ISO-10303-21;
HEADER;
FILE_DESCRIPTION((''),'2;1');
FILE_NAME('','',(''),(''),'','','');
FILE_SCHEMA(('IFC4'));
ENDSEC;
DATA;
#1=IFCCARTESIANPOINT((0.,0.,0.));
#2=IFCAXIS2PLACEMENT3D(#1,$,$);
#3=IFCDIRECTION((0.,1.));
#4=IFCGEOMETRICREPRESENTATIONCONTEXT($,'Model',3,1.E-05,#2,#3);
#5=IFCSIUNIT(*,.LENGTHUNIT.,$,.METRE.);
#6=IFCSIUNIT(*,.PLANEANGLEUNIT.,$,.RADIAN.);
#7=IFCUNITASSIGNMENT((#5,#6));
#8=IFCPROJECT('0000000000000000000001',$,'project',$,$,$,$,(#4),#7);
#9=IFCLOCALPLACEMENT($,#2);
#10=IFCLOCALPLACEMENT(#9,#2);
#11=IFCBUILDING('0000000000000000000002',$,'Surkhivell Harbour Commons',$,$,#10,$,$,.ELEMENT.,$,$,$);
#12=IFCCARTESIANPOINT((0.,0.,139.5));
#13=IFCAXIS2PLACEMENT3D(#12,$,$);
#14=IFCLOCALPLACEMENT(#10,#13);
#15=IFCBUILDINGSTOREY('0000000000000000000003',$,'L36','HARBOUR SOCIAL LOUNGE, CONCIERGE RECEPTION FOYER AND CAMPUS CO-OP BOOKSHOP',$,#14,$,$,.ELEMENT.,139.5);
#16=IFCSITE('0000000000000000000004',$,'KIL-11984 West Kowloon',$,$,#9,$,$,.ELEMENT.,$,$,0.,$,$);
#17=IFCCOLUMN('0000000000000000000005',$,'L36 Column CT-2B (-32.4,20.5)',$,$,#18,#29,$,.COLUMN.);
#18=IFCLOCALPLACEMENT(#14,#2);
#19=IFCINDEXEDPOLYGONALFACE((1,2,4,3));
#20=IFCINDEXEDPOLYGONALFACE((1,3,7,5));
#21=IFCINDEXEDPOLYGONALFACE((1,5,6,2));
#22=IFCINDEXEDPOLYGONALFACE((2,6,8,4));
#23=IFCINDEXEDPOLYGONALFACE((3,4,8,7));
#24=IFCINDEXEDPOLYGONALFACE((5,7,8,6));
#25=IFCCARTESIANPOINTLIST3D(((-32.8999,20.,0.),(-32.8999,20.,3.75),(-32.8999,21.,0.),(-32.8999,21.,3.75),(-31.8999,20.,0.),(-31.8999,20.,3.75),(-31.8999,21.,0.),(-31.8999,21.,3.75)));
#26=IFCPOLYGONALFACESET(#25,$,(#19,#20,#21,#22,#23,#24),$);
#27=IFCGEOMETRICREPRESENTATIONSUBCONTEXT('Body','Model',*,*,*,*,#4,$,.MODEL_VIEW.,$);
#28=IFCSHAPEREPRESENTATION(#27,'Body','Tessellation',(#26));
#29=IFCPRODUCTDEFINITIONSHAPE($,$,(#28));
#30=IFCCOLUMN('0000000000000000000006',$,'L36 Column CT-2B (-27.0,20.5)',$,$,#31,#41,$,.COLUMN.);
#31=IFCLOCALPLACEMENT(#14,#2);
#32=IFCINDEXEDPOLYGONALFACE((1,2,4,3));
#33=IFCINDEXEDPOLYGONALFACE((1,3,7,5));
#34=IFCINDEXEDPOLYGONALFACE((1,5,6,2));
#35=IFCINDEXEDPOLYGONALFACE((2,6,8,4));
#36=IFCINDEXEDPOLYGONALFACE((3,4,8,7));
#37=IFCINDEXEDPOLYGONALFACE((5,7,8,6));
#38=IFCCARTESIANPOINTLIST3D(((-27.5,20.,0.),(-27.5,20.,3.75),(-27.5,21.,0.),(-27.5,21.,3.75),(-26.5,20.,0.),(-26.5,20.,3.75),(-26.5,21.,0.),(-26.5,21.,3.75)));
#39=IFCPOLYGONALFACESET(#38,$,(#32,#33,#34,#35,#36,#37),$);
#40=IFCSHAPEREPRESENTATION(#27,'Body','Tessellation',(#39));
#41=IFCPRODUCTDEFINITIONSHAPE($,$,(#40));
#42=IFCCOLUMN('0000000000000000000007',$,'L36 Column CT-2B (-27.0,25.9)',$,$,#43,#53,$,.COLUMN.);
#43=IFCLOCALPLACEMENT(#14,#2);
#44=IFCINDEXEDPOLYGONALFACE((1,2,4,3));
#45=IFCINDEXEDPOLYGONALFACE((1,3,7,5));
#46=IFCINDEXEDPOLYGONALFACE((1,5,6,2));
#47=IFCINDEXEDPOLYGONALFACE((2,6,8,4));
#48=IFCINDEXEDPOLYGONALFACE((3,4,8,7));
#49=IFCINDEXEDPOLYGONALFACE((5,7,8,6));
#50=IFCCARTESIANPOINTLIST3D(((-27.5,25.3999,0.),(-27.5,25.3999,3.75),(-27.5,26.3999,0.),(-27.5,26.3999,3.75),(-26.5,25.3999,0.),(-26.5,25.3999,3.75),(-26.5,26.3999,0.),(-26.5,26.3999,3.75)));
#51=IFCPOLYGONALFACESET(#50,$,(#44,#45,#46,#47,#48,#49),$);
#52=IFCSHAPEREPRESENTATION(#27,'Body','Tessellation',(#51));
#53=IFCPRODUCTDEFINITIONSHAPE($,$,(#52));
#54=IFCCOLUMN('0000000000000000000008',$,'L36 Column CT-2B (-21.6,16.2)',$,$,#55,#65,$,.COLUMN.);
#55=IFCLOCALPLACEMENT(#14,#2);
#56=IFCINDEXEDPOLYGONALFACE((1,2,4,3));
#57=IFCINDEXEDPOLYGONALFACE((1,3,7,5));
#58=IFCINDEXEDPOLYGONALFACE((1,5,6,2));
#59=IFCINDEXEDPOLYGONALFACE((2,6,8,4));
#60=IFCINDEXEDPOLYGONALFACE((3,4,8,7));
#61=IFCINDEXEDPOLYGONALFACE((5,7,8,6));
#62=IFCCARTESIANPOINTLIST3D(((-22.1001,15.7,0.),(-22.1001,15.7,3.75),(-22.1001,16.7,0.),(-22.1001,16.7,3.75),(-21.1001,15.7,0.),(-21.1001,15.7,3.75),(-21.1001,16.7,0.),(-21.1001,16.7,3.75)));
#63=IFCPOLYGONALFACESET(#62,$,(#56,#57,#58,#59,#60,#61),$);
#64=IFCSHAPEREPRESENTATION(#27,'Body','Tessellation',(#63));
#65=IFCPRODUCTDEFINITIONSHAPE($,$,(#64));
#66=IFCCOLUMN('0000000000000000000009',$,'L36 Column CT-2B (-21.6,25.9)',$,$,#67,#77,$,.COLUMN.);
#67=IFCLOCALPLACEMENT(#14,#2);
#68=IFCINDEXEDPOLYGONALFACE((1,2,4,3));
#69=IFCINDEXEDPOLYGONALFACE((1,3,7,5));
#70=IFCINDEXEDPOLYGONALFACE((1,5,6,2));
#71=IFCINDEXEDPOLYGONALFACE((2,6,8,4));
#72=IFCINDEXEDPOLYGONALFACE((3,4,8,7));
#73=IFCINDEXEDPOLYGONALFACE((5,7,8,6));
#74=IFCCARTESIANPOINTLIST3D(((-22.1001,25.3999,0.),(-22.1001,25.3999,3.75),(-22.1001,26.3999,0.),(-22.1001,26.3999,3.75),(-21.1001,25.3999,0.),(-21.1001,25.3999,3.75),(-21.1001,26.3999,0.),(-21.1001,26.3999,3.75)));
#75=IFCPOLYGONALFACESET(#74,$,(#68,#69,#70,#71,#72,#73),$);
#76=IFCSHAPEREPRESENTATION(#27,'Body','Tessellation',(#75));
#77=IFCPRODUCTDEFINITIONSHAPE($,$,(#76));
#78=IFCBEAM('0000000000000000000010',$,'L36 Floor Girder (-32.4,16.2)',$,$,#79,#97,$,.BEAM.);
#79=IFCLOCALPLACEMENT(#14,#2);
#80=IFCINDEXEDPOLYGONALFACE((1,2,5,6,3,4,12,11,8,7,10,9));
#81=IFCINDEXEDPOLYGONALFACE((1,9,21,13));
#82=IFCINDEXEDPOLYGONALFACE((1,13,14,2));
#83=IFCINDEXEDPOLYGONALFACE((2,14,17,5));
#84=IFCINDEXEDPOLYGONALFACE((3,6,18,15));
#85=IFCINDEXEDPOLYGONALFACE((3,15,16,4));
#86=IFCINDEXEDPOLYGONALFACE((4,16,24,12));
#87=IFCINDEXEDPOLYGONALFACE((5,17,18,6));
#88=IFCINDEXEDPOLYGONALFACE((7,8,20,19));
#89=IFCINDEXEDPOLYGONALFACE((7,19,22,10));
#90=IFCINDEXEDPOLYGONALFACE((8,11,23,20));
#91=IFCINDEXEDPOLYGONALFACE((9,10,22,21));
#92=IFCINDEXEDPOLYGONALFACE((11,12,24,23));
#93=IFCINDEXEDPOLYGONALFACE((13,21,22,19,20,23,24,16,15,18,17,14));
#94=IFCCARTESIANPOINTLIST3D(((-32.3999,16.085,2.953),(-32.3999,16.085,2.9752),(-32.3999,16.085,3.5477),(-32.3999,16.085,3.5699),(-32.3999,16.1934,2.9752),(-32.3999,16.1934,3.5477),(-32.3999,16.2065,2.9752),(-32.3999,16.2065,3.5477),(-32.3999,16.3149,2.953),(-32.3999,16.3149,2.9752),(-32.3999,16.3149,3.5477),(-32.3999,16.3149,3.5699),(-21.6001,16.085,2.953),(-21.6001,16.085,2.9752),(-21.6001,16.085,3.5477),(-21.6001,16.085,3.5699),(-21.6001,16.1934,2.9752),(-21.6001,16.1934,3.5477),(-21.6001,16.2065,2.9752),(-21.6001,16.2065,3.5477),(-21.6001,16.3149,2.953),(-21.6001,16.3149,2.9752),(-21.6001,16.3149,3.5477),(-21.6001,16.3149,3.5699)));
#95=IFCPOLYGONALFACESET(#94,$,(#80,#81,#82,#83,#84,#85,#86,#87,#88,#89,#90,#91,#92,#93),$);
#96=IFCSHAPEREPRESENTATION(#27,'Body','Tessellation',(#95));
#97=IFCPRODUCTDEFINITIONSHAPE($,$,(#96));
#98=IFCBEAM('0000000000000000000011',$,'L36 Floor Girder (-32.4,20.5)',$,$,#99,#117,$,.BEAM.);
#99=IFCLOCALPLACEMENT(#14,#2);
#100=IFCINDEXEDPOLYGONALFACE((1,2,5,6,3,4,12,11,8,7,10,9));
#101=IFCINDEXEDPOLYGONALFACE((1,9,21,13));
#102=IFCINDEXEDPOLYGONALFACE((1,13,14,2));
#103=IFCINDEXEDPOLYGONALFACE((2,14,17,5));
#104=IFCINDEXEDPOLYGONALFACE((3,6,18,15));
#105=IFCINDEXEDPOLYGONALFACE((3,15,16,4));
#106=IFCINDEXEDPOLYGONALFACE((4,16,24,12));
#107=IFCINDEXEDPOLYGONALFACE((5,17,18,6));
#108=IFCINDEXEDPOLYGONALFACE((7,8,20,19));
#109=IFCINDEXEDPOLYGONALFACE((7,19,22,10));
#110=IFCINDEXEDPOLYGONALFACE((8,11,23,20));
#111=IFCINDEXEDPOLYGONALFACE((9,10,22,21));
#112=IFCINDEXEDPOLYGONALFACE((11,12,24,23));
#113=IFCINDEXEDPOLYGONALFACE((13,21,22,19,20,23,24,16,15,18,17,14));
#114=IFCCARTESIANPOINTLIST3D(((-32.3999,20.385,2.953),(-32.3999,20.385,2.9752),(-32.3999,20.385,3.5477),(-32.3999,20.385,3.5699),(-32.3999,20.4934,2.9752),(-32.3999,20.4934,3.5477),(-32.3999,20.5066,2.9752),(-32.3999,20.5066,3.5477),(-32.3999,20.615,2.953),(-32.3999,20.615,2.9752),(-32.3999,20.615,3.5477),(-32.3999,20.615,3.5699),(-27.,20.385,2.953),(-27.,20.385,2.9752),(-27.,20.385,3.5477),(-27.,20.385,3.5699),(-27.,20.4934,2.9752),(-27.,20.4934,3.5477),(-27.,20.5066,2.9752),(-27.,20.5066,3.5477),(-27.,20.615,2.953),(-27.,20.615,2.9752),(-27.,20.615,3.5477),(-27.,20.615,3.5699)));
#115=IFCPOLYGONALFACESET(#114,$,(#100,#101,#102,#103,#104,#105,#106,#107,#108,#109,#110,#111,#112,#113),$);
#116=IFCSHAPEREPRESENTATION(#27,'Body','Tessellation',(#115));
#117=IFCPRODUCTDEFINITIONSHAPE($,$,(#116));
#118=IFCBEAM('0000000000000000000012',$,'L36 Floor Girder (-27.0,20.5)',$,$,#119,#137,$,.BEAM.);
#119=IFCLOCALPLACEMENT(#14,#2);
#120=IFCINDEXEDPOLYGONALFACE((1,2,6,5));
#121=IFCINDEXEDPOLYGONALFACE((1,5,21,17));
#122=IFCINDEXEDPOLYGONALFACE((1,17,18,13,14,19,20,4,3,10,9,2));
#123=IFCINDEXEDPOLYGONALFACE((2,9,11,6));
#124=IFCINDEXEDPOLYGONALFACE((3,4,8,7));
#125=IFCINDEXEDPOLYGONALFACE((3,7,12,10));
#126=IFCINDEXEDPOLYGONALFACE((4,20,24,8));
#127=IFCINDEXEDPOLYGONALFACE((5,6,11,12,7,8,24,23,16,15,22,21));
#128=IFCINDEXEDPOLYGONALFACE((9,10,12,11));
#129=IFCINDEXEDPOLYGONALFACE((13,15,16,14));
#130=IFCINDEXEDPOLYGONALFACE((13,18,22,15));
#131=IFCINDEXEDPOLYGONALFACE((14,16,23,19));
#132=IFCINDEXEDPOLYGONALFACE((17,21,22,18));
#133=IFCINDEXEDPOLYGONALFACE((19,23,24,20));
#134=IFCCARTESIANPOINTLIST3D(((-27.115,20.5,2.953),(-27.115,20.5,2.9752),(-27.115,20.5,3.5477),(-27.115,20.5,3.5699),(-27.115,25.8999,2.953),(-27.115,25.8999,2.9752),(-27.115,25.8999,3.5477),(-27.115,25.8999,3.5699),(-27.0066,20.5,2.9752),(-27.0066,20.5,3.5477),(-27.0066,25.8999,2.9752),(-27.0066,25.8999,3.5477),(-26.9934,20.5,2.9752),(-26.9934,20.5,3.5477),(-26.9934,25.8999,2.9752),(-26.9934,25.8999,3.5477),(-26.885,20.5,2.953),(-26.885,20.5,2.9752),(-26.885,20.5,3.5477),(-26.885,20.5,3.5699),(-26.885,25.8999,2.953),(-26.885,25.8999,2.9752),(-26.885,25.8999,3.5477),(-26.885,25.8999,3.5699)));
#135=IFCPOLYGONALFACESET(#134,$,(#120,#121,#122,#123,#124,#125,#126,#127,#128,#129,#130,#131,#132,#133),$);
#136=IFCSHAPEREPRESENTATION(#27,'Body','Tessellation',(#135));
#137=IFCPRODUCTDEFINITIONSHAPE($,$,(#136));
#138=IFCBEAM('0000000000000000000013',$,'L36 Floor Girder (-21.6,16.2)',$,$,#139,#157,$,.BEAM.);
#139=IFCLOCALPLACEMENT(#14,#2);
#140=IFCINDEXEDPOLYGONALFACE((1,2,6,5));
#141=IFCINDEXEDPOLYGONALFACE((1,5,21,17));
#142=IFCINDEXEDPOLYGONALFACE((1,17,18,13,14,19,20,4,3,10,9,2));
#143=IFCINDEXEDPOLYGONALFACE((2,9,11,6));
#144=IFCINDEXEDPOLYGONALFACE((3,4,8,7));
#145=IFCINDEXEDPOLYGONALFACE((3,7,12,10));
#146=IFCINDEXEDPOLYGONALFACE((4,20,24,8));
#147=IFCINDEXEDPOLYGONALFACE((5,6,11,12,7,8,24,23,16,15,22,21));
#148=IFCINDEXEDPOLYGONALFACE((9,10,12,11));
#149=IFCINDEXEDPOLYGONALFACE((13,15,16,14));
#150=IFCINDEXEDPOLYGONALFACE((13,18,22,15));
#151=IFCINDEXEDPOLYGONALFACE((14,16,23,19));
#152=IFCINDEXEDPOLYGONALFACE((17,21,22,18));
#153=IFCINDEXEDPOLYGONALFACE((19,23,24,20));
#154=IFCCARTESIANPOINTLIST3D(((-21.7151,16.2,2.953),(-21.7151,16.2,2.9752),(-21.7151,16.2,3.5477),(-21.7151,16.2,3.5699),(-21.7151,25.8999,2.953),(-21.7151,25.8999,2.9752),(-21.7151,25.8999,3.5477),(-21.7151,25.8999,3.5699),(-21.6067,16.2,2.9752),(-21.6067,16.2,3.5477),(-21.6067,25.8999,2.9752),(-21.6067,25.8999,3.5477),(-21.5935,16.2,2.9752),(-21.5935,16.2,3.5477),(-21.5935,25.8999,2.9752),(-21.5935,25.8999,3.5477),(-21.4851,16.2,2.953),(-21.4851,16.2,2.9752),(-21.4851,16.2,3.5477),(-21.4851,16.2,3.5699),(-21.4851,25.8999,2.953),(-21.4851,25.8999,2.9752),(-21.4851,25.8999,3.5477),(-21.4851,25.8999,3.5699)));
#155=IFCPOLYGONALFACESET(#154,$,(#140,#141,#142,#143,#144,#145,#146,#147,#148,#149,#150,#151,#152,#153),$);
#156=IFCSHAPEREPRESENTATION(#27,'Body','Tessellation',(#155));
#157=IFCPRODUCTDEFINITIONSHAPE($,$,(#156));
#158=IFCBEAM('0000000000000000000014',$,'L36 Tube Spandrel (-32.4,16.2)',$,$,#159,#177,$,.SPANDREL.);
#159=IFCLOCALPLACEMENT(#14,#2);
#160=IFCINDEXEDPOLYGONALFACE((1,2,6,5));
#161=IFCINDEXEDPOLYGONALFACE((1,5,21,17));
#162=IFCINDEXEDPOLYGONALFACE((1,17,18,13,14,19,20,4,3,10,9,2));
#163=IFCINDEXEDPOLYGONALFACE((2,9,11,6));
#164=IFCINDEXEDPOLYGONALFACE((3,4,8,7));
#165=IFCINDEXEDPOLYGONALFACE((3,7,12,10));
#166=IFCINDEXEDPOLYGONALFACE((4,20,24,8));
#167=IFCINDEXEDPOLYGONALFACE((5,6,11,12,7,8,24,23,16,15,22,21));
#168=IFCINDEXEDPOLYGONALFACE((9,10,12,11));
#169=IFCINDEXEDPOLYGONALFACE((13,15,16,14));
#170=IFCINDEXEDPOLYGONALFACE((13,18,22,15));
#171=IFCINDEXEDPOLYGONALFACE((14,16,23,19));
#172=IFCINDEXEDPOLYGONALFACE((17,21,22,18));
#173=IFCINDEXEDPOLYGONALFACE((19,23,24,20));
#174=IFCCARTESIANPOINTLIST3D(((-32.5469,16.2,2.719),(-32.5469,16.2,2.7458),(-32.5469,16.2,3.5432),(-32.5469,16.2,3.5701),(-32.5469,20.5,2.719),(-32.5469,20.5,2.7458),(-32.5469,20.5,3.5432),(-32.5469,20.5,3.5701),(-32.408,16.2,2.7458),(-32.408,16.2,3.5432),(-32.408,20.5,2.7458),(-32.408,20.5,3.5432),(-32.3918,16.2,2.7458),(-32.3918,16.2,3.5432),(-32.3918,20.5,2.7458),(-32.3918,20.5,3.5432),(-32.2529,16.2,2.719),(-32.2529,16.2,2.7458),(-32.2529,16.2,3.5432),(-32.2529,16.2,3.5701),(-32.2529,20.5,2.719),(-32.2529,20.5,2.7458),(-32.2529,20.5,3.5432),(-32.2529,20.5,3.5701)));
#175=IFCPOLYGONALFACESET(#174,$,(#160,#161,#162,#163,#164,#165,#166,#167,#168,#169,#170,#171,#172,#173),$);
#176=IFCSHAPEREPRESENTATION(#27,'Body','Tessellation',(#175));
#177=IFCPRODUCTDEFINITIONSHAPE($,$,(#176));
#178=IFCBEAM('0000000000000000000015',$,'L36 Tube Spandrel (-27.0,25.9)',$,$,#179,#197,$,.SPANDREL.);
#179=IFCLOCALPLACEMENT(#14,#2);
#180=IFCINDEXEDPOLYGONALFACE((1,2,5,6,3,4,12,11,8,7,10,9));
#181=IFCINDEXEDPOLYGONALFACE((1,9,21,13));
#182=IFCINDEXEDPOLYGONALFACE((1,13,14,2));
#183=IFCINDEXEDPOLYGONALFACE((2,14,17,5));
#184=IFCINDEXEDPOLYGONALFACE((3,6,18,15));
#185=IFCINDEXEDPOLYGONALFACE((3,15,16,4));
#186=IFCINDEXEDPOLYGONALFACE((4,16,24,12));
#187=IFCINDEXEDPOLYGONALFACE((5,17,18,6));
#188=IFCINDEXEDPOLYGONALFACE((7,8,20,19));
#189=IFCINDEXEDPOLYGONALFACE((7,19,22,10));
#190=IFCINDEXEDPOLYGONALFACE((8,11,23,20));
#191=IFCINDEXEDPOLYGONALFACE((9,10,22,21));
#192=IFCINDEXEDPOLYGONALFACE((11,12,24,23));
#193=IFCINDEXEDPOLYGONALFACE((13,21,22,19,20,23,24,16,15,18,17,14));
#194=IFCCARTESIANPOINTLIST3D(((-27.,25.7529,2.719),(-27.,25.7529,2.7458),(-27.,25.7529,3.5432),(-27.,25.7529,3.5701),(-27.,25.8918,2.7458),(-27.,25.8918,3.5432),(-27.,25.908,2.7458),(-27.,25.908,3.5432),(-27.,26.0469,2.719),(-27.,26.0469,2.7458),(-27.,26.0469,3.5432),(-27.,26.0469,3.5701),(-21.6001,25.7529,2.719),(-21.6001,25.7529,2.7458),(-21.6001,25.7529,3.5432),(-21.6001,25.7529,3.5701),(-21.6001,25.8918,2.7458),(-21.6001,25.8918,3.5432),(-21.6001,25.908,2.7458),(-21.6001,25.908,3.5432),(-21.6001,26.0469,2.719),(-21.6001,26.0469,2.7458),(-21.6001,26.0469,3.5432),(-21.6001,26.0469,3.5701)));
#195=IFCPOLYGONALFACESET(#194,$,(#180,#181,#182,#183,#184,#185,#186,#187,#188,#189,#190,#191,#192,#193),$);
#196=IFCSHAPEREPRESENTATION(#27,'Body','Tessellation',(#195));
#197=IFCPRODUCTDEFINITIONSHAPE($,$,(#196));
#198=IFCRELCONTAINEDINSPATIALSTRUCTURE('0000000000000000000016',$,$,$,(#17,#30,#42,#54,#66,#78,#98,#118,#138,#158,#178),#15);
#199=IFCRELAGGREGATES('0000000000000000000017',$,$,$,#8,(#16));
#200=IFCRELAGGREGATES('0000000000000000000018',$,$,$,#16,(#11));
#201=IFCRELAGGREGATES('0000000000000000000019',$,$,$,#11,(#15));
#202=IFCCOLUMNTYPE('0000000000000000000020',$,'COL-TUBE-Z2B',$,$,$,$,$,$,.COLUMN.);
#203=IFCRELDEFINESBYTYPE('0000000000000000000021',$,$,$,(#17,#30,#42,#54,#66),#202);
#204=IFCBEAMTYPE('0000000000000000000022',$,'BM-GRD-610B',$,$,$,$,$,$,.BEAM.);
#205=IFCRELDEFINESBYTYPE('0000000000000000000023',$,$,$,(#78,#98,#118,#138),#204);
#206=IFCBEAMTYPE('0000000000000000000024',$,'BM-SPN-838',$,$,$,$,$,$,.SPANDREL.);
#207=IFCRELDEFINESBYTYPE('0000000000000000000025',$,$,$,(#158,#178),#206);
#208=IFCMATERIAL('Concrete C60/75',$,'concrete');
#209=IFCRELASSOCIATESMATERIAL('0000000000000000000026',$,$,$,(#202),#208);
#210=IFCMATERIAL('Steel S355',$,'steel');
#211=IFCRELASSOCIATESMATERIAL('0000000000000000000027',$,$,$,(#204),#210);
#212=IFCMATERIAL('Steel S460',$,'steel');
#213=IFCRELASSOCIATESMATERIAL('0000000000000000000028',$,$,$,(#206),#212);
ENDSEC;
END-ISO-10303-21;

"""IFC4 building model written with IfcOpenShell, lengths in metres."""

from ifc_helpers import new_model, si_unit, direction, frame, origin, origin_2d, place, context, subcontext, project, spatial, rectangle, i_section, extrude, material, material_profile, profile_set, type_object, element, save


model = new_model("IFC4")

# Units and contexts
model_context = context("Model", 3, precision=1e-05, world=origin(), true_north=direction((0.0, 1.0)))
body_context = subcontext(model_context, "Body", "Model", "MODEL_VIEW")
ifc_project = project(units=[si_unit("LENGTHUNIT", "METRE"), si_unit("PLANEANGLEUNIT", "RADIAN")], contexts=[model_context])

# Site, building, storey
site_placement = place(None, origin())
site = spatial("IfcSite", under=ifc_project, at=site_placement, Name="KIL-11984 West Kowloon", CompositionType="ELEMENT", RefElevation=0.0)
building_placement = place(site_placement, origin())
building = spatial("IfcBuilding", under=site, at=building_placement, Name="Surkhivell Harbour Commons", CompositionType="ELEMENT")
storey_placement = place(building_placement, frame((0.0, 0.0, 139.5)))
storey = spatial("IfcBuildingStorey", under=building, at=storey_placement, Name="L36", Description="HARBOUR SOCIAL LOUNGE, CONCIERGE RECEPTION FOYER AND CAMPUS CO-OP BOOKSHOP", CompositionType="ELEMENT", Elevation=139.5)

# Columns
ifc_material_1 = material(Name="Concrete C60/75", Category="concrete")
ifc_material_profile_1 = material_profile(ifc_material_1, rectangle(XDim=1.0, YDim=1.0, at=origin_2d()), Name="RC-COL-1000x1000")
ifc_profile_set_1 = profile_set([ifc_material_profile_1], Name="Concrete C60/75")
column_type = type_object("IfcColumnType", Name="COL-TUBE-Z2B", PredefinedType="COLUMN", material=ifc_profile_set_1)
for number, where, z_axis, x_axis, name in (
    (1, (-32.3999, 20.5, 0.0), (0.0, 0.0, 1.0), (1.0, 0.0, 0.0), "L36 Column CT-2B (-32.4,20.5)"),
    (2, (-27.0, 20.5, 0.0), (0.0, 0.0, 1.0), (1.0, 0.0, 0.0), "L36 Column CT-2B (-27.0,20.5)"),
    (3, (-27.0, 25.8999, 0.0), (0.0, 0.0, 1.0), (1.0, 0.0, 0.0), "L36 Column CT-2B (-27.0,25.9)"),
    (4, (-21.6001, 16.2, 0.0), (0.0, 0.0, 1.0), (1.0, 0.0, 0.0), "L36 Column CT-2B (-21.6,16.2)"),
    (5, (-21.6001, 25.8999, 0.0), (0.0, 0.0, 1.0), (1.0, 0.0, 0.0), "L36 Column CT-2B (-21.6,25.9)"),
):
    element("IfcColumn", number, at=place(storey_placement, frame(where, z_axis=z_axis, x_axis=x_axis)), inside=storey, type_object=column_type, Name=name, PredefinedType="COLUMN", context=body_context, shape_type="SweptSolid", body=[
        extrude(rectangle(XDim=1.0, YDim=1.0, at=origin_2d()), origin(), (0.0, 0.0, 1.0), 3.75),
    ])

# Beams
ifc_material_2 = material(Name="Steel S355", Category="steel")
ifc_material_profile_2 = material_profile(ifc_material_2, i_section(OverallWidth=0.23, OverallDepth=0.6169, WebThickness=0.0132, FlangeThickness=0.0222, at=origin_2d()), Name="UB610x229x140")
ifc_profile_set_2 = profile_set([ifc_material_profile_2], Name="Steel S355")
beam_type_1 = type_object("IfcBeamType", Name="BM-GRD-610B", PredefinedType="BEAM", material=ifc_profile_set_2)
beam_1_placement = place(storey_placement, frame((-32.3999, 16.2, 3.2615), z_axis=(1.0, 0.0, 0.0), x_axis=(0.0, 1.0, 0.0)))
element("IfcBeam", 6, at=beam_1_placement, inside=storey, type_object=beam_type_1, Name="L36 Floor Girder (-32.4,16.2)", PredefinedType="BEAM", context=body_context, shape_type="SweptSolid", body=[
    extrude(i_section(OverallWidth=0.23, OverallDepth=0.6169, WebThickness=0.0132, FlangeThickness=0.0222, at=origin_2d()), origin(), (0.0, 0.0, 1.0), 10.7998),
])
for number, where, z_axis, x_axis, name in (
    (7, (-32.3999, 20.5, 3.2615), (1.0, 0.0, 0.0), (0.0, 1.0, 0.0), "L36 Floor Girder (-32.4,20.5)"),
    (8, (-27.0, 20.5, 3.2615), (0.0, 1.0, 0.0), (-1.0, 0.0, 0.0), "L36 Floor Girder (-27.0,20.5)"),
):
    element("IfcBeam", number, at=place(storey_placement, frame(where, z_axis=z_axis, x_axis=x_axis)), inside=storey, type_object=beam_type_1, Name=name, PredefinedType="BEAM", context=body_context, shape_type="SweptSolid", body=[
        extrude(i_section(OverallWidth=0.23, OverallDepth=0.6169, WebThickness=0.0132, FlangeThickness=0.0222, at=origin_2d()), origin(), (0.0, 0.0, 1.0), 5.3999),
    ])
beam_2_placement = place(storey_placement, frame((-21.6001, 16.2, 3.2615), z_axis=(0.0, 1.0, 0.0), x_axis=(-1.0, 0.0, 0.0)))
element("IfcBeam", 9, at=beam_2_placement, inside=storey, type_object=beam_type_1, Name="L36 Floor Girder (-21.6,16.2)", PredefinedType="BEAM", context=body_context, shape_type="SweptSolid", body=[
    extrude(i_section(OverallWidth=0.23, OverallDepth=0.6169, WebThickness=0.0132, FlangeThickness=0.0222, at=origin_2d()), origin(), (0.0, 0.0, 1.0), 9.7),
])
ifc_material_3 = material(Name="Steel S460", Category="steel")
ifc_material_profile_3 = material_profile(ifc_material_3, i_section(OverallWidth=0.2939, OverallDepth=0.8511, WebThickness=0.0161, FlangeThickness=0.0269, at=origin_2d()), Name="UB838x292x226")
ifc_profile_set_3 = profile_set([ifc_material_profile_3], Name="Steel S460")
beam_type_2 = type_object("IfcBeamType", Name="BM-SPN-838", PredefinedType="SPANDREL", material=ifc_profile_set_3)
beam_3_placement = place(storey_placement, frame((-32.3999, 16.2, 3.1445), z_axis=(0.0, 1.0, 0.0), x_axis=(-1.0, 0.0, 0.0)))
element("IfcBeam", 10, at=beam_3_placement, inside=storey, type_object=beam_type_2, Name="L36 Tube Spandrel (-32.4,16.2)", PredefinedType="SPANDREL", context=body_context, shape_type="SweptSolid", body=[
    extrude(i_section(OverallWidth=0.2939, OverallDepth=0.8511, WebThickness=0.0161, FlangeThickness=0.0269, at=origin_2d()), origin(), (0.0, 0.0, 1.0), 4.3),
])
beam_4_placement = place(storey_placement, frame((-27.0, 25.8999, 3.1445), z_axis=(1.0, 0.0, 0.0), x_axis=(0.0, 1.0, 0.0)))
element("IfcBeam", 11, at=beam_4_placement, inside=storey, type_object=beam_type_2, Name="L36 Tube Spandrel (-27.0,25.9)", PredefinedType="SPANDREL", context=body_context, shape_type="SweptSolid", body=[
    extrude(i_section(OverallWidth=0.2939, OverallDepth=0.8511, WebThickness=0.0161, FlangeThickness=0.0269, at=origin_2d()), origin(), (0.0, 0.0, 1.0), 5.3999),
])

save(model, "model.ifc")
